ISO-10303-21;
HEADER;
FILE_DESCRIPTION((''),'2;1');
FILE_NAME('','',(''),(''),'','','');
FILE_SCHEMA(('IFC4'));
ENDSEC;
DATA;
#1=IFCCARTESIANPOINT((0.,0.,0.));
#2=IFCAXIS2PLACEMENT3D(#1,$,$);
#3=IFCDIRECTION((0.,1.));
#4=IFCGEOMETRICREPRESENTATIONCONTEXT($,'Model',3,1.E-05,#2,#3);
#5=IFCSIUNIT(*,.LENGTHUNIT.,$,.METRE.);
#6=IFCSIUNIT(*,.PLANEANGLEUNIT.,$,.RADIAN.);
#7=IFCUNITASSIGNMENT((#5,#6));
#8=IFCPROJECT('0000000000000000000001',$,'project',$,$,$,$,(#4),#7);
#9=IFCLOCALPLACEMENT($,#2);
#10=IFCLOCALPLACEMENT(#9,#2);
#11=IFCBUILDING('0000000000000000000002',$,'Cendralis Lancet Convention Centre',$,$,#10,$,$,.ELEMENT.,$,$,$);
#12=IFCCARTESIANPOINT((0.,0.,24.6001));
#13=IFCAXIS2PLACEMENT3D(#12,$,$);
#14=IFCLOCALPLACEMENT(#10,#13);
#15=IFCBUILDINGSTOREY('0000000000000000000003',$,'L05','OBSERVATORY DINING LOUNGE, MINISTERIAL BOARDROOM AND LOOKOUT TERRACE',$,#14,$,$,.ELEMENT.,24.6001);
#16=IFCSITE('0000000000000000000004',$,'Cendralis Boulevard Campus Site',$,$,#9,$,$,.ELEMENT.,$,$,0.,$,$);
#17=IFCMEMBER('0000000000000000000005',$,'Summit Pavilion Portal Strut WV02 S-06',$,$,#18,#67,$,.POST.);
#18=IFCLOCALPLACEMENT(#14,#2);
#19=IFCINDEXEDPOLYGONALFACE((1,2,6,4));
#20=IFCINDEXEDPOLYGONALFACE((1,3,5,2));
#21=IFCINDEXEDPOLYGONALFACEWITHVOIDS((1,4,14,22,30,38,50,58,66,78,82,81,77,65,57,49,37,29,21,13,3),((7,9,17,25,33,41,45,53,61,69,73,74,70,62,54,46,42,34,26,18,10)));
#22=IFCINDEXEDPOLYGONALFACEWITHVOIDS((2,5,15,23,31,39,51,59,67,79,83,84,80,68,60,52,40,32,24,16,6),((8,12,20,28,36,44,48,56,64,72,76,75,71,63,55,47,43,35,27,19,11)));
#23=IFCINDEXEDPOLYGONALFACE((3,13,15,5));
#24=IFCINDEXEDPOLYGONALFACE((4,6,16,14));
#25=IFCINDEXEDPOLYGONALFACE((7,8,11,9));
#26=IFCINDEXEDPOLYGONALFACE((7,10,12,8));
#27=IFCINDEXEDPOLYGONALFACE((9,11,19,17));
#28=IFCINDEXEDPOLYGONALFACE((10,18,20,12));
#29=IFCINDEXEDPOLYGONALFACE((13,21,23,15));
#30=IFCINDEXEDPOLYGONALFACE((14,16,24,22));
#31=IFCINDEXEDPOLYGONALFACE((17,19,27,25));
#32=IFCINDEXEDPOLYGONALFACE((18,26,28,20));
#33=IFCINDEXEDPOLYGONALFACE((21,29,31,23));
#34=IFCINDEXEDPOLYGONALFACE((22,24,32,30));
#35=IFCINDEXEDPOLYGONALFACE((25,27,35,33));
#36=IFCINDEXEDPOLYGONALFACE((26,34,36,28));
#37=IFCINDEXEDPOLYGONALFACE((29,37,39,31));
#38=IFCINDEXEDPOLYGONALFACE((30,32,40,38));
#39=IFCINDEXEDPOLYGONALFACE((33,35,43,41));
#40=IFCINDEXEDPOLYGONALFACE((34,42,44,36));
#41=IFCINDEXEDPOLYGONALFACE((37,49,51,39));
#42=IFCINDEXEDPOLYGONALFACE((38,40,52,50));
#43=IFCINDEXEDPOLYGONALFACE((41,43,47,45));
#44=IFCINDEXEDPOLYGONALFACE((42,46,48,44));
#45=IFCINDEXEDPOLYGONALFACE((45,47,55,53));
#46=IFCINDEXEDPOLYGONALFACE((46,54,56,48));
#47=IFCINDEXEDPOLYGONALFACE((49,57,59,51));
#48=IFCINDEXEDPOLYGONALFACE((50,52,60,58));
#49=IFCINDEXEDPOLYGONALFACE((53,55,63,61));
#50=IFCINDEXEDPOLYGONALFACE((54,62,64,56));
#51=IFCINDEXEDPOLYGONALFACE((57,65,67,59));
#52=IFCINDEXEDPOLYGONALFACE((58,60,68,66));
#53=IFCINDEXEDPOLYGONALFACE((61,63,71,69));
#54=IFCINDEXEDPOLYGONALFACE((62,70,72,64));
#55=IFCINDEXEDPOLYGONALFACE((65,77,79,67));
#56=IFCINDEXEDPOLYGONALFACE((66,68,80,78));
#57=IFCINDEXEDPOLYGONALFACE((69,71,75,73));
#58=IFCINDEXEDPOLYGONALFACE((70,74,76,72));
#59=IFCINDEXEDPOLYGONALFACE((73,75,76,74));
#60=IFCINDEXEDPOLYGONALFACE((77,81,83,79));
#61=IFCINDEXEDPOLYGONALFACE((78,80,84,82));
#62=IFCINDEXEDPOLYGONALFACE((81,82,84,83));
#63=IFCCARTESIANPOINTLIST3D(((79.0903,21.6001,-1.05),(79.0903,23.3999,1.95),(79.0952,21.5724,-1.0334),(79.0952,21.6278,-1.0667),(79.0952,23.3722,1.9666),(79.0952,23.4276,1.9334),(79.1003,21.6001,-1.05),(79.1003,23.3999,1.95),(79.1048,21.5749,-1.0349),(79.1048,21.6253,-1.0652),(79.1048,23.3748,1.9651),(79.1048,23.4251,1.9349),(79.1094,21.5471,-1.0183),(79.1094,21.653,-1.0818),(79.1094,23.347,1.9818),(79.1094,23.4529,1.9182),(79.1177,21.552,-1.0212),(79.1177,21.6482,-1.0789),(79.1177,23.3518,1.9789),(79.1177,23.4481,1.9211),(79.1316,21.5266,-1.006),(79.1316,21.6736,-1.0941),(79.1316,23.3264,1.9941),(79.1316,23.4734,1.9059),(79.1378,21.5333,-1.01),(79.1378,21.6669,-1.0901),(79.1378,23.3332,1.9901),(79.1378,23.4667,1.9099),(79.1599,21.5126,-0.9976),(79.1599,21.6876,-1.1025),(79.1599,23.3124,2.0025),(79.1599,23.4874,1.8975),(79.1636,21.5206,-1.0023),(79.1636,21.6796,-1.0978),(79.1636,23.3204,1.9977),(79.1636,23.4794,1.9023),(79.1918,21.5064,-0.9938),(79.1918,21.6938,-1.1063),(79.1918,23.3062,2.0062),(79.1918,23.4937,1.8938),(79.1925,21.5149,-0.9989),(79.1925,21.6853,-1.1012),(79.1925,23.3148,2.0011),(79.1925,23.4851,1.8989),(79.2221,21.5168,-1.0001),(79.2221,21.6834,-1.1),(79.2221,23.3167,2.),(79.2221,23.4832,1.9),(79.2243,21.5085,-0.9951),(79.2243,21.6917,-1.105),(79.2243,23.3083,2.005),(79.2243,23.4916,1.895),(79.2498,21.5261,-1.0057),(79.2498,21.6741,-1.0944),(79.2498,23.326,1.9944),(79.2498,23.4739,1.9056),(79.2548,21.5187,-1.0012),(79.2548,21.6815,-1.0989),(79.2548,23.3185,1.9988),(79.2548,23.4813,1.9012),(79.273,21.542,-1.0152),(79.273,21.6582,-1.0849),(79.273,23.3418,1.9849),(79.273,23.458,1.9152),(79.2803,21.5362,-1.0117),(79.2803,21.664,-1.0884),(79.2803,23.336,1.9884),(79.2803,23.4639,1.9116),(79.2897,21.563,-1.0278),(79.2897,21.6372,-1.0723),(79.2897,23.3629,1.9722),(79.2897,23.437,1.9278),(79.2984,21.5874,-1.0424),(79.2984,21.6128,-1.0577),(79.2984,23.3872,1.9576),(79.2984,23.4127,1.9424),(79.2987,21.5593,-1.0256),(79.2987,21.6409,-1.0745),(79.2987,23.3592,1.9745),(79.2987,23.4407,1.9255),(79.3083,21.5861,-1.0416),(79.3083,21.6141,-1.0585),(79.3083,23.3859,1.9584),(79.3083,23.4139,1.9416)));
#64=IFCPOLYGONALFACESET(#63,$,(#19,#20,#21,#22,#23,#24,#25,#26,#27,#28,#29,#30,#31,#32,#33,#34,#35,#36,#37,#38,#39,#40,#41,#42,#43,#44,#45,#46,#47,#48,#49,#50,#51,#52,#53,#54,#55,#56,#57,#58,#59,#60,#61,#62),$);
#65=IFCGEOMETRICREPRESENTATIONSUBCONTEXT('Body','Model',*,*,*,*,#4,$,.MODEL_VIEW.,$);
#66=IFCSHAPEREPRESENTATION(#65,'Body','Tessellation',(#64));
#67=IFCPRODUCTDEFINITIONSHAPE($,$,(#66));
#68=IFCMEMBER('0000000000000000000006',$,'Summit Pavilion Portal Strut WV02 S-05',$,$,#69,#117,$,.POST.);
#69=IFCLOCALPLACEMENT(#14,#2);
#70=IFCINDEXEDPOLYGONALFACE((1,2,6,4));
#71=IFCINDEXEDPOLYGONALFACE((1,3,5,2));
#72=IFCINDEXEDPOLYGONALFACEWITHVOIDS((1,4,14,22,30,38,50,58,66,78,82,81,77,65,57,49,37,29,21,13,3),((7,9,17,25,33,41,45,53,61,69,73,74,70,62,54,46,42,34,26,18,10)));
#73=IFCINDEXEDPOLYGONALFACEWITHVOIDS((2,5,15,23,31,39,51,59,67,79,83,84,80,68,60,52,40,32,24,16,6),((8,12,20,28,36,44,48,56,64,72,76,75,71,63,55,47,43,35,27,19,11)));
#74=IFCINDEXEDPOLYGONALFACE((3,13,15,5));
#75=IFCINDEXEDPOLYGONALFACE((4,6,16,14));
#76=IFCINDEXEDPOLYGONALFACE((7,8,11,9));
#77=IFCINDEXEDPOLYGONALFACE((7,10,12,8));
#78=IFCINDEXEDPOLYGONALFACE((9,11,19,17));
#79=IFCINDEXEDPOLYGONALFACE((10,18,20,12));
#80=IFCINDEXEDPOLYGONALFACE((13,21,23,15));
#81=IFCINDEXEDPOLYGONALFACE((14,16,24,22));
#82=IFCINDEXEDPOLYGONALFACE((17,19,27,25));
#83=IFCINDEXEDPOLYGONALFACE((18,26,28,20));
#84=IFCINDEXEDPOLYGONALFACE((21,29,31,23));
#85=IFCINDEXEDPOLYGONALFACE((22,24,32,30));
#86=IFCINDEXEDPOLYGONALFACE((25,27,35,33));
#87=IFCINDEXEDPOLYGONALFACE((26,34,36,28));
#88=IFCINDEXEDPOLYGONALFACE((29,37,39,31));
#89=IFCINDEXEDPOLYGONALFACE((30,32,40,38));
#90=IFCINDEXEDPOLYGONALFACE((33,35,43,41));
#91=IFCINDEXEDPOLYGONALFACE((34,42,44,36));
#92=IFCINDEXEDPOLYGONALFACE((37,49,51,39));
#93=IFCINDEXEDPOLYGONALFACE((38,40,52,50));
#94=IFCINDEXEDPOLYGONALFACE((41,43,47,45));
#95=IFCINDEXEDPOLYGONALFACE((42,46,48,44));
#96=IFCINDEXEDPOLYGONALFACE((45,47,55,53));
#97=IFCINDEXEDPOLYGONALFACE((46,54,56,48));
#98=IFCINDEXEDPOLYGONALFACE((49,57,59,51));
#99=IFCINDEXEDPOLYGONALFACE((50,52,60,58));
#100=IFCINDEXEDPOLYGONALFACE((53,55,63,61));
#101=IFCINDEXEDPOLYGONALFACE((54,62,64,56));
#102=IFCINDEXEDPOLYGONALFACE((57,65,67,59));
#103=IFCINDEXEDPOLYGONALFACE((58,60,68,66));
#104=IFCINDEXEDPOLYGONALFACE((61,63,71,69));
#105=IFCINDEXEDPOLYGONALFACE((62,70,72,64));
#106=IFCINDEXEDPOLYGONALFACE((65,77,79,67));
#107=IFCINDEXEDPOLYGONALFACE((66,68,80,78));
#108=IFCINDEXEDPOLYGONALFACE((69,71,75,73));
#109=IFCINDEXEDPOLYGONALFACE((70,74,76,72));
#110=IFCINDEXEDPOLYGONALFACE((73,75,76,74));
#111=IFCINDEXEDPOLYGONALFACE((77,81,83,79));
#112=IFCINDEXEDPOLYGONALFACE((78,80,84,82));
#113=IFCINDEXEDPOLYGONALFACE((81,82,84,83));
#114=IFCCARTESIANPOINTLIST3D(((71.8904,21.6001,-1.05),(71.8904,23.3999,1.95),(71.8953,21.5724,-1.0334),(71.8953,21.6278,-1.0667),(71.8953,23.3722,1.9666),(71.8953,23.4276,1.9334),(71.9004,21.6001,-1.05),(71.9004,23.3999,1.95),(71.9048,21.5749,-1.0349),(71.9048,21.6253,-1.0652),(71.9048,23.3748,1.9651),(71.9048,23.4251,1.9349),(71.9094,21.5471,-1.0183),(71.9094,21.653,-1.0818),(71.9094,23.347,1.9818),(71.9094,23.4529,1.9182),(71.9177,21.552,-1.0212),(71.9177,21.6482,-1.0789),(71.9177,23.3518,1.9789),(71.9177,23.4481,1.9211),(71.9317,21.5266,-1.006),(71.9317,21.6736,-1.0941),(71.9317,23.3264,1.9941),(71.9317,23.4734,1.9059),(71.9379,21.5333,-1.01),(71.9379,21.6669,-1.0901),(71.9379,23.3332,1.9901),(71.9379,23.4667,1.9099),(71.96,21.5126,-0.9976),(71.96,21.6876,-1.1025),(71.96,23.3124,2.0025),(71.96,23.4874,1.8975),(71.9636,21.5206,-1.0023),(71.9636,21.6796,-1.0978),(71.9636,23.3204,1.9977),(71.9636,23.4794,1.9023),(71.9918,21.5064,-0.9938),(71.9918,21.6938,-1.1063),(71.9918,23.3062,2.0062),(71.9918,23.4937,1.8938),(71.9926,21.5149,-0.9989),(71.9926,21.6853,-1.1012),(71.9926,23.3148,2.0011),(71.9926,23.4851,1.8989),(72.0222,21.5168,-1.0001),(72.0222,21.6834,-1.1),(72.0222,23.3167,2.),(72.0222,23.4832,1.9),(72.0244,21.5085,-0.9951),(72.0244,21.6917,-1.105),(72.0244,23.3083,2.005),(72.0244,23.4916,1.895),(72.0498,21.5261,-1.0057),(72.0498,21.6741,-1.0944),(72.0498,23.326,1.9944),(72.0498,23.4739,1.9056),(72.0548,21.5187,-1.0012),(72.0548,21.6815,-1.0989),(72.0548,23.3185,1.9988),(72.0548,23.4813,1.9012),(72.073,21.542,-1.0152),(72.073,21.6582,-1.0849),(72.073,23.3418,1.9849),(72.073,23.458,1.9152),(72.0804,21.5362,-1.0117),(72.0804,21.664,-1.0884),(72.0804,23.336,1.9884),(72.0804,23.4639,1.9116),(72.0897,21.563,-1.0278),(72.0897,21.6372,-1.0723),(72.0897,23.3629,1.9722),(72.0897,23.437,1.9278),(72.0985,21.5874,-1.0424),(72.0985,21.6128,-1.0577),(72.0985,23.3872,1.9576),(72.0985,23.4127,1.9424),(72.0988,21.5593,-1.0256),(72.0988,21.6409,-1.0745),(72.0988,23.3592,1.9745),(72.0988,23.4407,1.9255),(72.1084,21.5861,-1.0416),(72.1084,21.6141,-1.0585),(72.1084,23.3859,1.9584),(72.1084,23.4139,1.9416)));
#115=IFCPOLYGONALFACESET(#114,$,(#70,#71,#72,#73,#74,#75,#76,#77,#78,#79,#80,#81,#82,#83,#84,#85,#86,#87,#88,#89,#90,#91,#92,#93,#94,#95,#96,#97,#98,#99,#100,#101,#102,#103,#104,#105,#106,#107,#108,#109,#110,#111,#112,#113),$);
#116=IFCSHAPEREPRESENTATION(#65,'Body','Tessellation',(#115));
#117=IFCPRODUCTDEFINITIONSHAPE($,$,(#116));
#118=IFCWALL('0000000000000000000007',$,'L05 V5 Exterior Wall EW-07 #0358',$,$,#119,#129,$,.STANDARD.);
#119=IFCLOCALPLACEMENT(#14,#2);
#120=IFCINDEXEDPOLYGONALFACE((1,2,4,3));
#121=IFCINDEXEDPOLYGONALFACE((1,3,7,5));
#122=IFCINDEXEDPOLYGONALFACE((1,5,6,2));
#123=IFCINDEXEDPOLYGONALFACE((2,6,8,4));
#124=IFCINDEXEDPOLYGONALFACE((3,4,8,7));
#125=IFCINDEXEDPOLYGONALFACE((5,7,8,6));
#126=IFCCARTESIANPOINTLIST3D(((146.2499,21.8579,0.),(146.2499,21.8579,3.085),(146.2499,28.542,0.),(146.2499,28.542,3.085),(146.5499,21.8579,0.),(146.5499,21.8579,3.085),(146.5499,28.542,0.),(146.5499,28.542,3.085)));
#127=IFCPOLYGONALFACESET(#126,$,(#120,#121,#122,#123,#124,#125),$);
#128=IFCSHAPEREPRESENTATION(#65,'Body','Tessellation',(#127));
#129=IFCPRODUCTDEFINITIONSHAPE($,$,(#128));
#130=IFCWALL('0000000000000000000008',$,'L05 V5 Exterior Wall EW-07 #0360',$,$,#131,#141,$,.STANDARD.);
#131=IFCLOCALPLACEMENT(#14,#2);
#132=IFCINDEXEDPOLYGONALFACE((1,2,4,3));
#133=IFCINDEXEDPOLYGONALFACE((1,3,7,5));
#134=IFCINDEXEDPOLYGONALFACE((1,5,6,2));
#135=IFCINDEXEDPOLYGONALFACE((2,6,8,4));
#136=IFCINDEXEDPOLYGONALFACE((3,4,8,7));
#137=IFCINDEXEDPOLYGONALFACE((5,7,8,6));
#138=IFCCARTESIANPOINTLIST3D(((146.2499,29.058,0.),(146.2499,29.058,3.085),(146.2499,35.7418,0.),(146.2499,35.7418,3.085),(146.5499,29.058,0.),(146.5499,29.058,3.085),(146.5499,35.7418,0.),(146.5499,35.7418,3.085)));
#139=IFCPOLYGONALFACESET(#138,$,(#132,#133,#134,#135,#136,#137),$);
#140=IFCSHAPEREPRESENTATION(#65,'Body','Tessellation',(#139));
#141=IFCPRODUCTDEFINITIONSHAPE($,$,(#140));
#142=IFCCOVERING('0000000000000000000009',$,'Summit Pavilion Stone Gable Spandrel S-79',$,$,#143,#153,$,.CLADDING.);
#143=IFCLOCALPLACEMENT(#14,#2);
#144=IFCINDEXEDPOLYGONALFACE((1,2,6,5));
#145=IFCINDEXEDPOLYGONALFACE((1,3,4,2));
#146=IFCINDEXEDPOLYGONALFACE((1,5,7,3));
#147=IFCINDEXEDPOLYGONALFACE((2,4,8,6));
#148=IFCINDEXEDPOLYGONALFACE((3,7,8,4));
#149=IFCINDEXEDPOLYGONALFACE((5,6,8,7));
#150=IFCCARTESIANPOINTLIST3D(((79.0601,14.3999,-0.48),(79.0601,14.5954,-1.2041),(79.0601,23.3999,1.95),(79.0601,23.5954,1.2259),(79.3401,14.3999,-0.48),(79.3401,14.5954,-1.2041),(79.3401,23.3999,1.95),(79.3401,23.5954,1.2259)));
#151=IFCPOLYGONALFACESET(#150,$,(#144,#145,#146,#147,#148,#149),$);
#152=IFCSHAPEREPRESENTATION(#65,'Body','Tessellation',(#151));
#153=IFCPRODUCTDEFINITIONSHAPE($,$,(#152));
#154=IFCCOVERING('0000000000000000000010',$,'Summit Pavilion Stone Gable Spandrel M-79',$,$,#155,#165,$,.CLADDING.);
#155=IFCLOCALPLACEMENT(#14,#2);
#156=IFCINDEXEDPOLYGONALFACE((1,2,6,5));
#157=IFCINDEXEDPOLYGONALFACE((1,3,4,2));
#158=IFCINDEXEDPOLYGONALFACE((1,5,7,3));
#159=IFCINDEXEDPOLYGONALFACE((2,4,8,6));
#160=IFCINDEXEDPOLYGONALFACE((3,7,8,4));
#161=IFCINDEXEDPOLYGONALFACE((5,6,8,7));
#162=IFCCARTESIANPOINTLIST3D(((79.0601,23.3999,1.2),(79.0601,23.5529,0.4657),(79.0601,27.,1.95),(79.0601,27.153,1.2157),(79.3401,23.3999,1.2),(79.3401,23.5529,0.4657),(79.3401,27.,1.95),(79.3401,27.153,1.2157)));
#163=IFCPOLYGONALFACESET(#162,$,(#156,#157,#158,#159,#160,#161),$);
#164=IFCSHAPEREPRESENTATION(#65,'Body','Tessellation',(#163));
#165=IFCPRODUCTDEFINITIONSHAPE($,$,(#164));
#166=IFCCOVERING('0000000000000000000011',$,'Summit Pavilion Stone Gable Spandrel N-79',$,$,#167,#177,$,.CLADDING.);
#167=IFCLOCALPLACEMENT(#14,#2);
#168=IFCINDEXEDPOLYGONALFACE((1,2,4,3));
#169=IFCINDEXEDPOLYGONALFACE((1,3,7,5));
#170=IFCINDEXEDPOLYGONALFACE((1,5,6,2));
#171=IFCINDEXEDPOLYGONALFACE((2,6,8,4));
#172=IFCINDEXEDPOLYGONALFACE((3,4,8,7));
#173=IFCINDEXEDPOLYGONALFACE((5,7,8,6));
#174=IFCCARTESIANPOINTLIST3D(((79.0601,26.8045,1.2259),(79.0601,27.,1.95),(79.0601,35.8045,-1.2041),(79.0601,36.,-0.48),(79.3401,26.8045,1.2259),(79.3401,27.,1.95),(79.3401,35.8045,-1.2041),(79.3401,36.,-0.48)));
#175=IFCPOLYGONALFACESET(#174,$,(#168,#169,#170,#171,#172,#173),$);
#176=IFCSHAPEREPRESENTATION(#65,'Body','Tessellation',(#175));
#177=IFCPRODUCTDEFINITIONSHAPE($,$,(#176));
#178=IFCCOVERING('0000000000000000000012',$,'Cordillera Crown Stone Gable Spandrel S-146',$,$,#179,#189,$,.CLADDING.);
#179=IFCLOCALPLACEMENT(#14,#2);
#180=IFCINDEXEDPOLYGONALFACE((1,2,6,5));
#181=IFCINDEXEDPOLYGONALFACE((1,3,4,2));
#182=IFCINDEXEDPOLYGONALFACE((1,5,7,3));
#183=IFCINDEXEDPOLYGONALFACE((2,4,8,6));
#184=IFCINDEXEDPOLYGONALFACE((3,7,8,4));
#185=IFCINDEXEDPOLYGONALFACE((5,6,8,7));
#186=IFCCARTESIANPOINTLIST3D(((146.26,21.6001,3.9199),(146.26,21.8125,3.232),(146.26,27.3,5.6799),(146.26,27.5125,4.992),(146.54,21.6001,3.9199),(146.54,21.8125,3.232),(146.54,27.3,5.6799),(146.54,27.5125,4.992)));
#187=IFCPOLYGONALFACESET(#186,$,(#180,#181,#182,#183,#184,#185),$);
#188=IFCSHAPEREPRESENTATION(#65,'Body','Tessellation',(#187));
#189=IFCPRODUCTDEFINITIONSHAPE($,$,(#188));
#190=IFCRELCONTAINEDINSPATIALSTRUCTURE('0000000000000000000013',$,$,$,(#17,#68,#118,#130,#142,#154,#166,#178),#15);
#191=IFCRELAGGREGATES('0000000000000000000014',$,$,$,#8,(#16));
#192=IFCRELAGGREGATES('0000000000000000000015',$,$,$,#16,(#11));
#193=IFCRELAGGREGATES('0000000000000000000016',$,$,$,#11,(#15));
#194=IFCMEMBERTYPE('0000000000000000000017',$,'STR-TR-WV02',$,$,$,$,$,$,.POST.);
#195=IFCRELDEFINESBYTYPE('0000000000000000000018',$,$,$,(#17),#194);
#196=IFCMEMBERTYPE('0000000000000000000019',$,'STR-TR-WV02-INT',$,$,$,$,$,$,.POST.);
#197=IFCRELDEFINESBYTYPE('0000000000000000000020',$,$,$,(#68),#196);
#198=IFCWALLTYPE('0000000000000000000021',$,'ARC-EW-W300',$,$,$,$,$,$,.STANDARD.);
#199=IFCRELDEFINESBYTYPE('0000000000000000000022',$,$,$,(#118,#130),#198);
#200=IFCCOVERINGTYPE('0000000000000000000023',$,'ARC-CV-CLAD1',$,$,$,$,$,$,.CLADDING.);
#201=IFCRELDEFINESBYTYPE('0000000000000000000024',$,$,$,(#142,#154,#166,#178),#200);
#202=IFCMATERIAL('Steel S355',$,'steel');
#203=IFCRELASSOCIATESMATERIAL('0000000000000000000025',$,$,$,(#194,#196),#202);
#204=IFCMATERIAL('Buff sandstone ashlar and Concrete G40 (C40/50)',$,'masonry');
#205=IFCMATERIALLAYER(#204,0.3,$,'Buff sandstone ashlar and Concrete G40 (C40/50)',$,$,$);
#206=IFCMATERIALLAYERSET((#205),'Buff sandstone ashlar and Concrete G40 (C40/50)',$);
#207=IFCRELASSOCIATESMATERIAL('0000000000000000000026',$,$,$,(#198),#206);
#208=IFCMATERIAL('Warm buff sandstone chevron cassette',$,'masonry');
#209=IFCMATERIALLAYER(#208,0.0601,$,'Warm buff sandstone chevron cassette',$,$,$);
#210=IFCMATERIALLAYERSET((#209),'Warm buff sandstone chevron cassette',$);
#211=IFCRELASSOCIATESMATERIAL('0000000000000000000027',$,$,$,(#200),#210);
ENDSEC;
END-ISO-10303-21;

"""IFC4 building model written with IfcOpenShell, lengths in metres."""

from ifc_helpers import new_model, si_unit, direction, frame, frame_2d, origin, origin_2d, place, context, subcontext, project, spatial, polyline, rectangle, hollow_circle, outline, extrude, material, layer, layer_set, material_profile, profile_set, type_object, element, save


model = new_model("IFC4")

# Units and contexts
model_context = context("Model", 3, precision=1e-05, world=origin(), true_north=direction((0.0, 1.0)))
body_context = subcontext(model_context, "Body", "Model", "MODEL_VIEW")
ifc_project = project(units=[si_unit("LENGTHUNIT", "METRE"), si_unit("PLANEANGLEUNIT", "RADIAN")], contexts=[model_context])

# Site, building, storey
site_placement = place(None, origin())
site = spatial("IfcSite", under=ifc_project, at=site_placement, Name="Cendralis Boulevard Campus Site", CompositionType="ELEMENT", RefElevation=0.0)
building_placement = place(site_placement, origin())
building = spatial("IfcBuilding", under=site, at=building_placement, Name="Cendralis Lancet Convention Centre", CompositionType="ELEMENT")
storey_placement = place(building_placement, frame((0.0, 0.0, 24.6001)))
storey = spatial("IfcBuildingStorey", under=building, at=storey_placement, Name="L05", Description="OBSERVATORY DINING LOUNGE, MINISTERIAL BOARDROOM AND LOOKOUT TERRACE", CompositionType="ELEMENT", Elevation=24.6001)

# Shared definitions
ifc_material_1 = material(Name="Steel S355", Category="steel")

# Members
ifc_material_profile_1 = material_profile(ifc_material_1, hollow_circle(Radius=0.1096, WallThickness=0.01, at=origin_2d()), Name="CHS 219.1x10.0")
ifc_profile_set_1 = profile_set([ifc_material_profile_1], Name="Steel S355")
member_type_1 = type_object("IfcMemberType", Name="STR-TR-WV02", PredefinedType="POST", material=ifc_profile_set_1)
member_1_placement = place(storey_placement, frame((79.2, 21.6001, -1.05), z_axis=(0.0, 0.514455, 0.857518), x_axis=(-1.0, 0.0, 0.0)))
element("IfcMember", 1, at=member_1_placement, inside=storey, type_object=member_type_1, Name="Summit Pavilion Portal Strut WV02 S-06", PredefinedType="POST", context=body_context, shape_type="SweptSolid", body=[
    extrude(hollow_circle(Radius=0.1096, WallThickness=0.01, at=origin_2d()), origin(), (0.0, 0.0, 1.0), 3.4985),
])
ifc_material_profile_2 = material_profile(ifc_material_1, hollow_circle(Radius=0.1096, WallThickness=0.01, at=origin_2d()), Name="CHS 219.1x10.0")
ifc_profile_set_2 = profile_set([ifc_material_profile_2], Name="Steel S355")
member_type_2 = type_object("IfcMemberType", Name="STR-TR-WV02-INT", PredefinedType="POST", material=ifc_profile_set_2)
member_2_placement = place(storey_placement, frame((72.0, 21.6001, -1.05), z_axis=(0.0, 0.514455, 0.857518), x_axis=(-1.0, 0.0, 0.0)))
element("IfcMember", 2, at=member_2_placement, inside=storey, type_object=member_type_2, Name="Summit Pavilion Portal Strut WV02 S-05", PredefinedType="POST", context=body_context, shape_type="SweptSolid", body=[
    extrude(hollow_circle(Radius=0.1096, WallThickness=0.01, at=origin_2d()), origin(), (0.0, 0.0, 1.0), 3.4985),
])

# Walls
ifc_material_2 = material(Name="Buff sandstone ashlar and Concrete G40 (C40/50)", Category="masonry")
ifc_layer_1 = layer(ifc_material_2, 0.3, Name="Buff sandstone ashlar and Concrete G40 (C40/50)")
ifc_layer_set_1 = layer_set([ifc_layer_1], Name="Buff sandstone ashlar and Concrete G40 (C40/50)")
wall_type = type_object("IfcWallType", Name="ARC-EW-W300", PredefinedType="STANDARD", material=ifc_layer_set_1)
wall_1_placement = place(storey_placement, frame((146.3999, 21.8579, 0.0), z_axis=(0.0, 0.0, 1.0), x_axis=(0.0, 1.0, 0.0)))
element("IfcWall", 3, at=wall_1_placement, inside=storey, type_object=wall_type, Name="L05 V5 Exterior Wall EW-07 #0358", PredefinedType="STANDARD", context=body_context, shape_type="SweptSolid", body=[
    extrude(rectangle(XDim=6.6841, YDim=0.3, at=frame_2d((3.342, 0.0))), origin(), (0.0, 0.0, 1.0), 3.085),
])
wall_2_placement = place(storey_placement, frame((146.3999, 29.0581, 0.0), z_axis=(0.0, 0.0, 1.0), x_axis=(0.0, 1.0, 0.0)))
element("IfcWall", 4, at=wall_2_placement, inside=storey, type_object=wall_type, Name="L05 V5 Exterior Wall EW-07 #0360", PredefinedType="STANDARD", context=body_context, shape_type="SweptSolid", body=[
    extrude(rectangle(XDim=6.6838, YDim=0.3, at=frame_2d((3.3418, 0.0))), origin(), (0.0, 0.0, 1.0), 3.085),
])

# Coverings
ifc_material_3 = material(Name="Warm buff sandstone chevron cassette", Category="masonry")
ifc_layer_2 = layer(ifc_material_3, 0.0601, Name="Warm buff sandstone chevron cassette")
ifc_layer_set_2 = layer_set([ifc_layer_2], Name="Warm buff sandstone chevron cassette")
covering_type = type_object("IfcCoveringType", Name="ARC-CV-CLAD1", PredefinedType="CLADDING", material=ifc_layer_set_2)
covering_1_placement = place(storey_placement, frame((79.0601, 14.3999, -0.48), z_axis=(0.0, -0.260659, 0.965431), x_axis=(1.0, 0.0, 0.0)))
element("IfcCovering", 5, at=covering_1_placement, inside=storey, type_object=covering_type, Name="Summit Pavilion Stone Gable Spandrel S-79", PredefinedType="CLADDING", context=body_context, shape_type="SweptSolid", body=[
    extrude(outline(polyline([(0.0, 0.0), (0.28, 0.0), (0.28, 9.3223), (0.0, 9.3223), (0.0, 0.0)])), origin(), (0.0, 0.0, -1.0), 0.75),
])
covering_2_placement = place(storey_placement, frame((79.0601, 23.3999, 1.2), z_axis=(0.0, -0.203949, 0.978982), x_axis=(1.0, 0.0, 0.0)))
element("IfcCovering", 6, at=covering_2_placement, inside=storey, type_object=covering_type, Name="Summit Pavilion Stone Gable Spandrel M-79", PredefinedType="CLADDING", context=body_context, shape_type="SweptSolid", body=[
    extrude(outline(polyline([(0.0, 0.0), (0.28, 0.0), (0.28, 3.6774), (0.0, 3.6774), (0.0, 0.0)])), origin(), (0.0, 0.0, -1.0), 0.75),
])
covering_3_placement = place(storey_placement, frame((79.0601, 27.0, 1.95), z_axis=(0.0, 0.260659, 0.965431), x_axis=(1.0, 0.0, 0.0)))
element("IfcCovering", 7, at=covering_3_placement, inside=storey, type_object=covering_type, Name="Summit Pavilion Stone Gable Spandrel N-79", PredefinedType="CLADDING", context=body_context, shape_type="SweptSolid", body=[
    extrude(outline(polyline([(0.0, 0.0), (0.28, 0.0), (0.28, 9.3223), (0.0, 9.3223), (0.0, 0.0)])), origin(), (0.0, 0.0, -1.0), 0.75),
])
covering_4_placement = place(storey_placement, frame((146.26, 21.6001, 3.9199), z_axis=(0.0, -0.295032, 0.955487), x_axis=(1.0, 0.0, 0.0)))
element("IfcCovering", 8, at=covering_4_placement, inside=storey, type_object=covering_type, Name="Cordillera Crown Stone Gable Spandrel S-146", PredefinedType="CLADDING", context=body_context, shape_type="SweptSolid", body=[
    extrude(outline(polyline([(0.0, 0.0), (0.28, 0.0), (0.28, 5.9655), (0.0, 5.9655), (0.0, 0.0)])), origin(), (0.0, 0.0, -1.0), 0.72),
])

save(model, "model.ifc")
